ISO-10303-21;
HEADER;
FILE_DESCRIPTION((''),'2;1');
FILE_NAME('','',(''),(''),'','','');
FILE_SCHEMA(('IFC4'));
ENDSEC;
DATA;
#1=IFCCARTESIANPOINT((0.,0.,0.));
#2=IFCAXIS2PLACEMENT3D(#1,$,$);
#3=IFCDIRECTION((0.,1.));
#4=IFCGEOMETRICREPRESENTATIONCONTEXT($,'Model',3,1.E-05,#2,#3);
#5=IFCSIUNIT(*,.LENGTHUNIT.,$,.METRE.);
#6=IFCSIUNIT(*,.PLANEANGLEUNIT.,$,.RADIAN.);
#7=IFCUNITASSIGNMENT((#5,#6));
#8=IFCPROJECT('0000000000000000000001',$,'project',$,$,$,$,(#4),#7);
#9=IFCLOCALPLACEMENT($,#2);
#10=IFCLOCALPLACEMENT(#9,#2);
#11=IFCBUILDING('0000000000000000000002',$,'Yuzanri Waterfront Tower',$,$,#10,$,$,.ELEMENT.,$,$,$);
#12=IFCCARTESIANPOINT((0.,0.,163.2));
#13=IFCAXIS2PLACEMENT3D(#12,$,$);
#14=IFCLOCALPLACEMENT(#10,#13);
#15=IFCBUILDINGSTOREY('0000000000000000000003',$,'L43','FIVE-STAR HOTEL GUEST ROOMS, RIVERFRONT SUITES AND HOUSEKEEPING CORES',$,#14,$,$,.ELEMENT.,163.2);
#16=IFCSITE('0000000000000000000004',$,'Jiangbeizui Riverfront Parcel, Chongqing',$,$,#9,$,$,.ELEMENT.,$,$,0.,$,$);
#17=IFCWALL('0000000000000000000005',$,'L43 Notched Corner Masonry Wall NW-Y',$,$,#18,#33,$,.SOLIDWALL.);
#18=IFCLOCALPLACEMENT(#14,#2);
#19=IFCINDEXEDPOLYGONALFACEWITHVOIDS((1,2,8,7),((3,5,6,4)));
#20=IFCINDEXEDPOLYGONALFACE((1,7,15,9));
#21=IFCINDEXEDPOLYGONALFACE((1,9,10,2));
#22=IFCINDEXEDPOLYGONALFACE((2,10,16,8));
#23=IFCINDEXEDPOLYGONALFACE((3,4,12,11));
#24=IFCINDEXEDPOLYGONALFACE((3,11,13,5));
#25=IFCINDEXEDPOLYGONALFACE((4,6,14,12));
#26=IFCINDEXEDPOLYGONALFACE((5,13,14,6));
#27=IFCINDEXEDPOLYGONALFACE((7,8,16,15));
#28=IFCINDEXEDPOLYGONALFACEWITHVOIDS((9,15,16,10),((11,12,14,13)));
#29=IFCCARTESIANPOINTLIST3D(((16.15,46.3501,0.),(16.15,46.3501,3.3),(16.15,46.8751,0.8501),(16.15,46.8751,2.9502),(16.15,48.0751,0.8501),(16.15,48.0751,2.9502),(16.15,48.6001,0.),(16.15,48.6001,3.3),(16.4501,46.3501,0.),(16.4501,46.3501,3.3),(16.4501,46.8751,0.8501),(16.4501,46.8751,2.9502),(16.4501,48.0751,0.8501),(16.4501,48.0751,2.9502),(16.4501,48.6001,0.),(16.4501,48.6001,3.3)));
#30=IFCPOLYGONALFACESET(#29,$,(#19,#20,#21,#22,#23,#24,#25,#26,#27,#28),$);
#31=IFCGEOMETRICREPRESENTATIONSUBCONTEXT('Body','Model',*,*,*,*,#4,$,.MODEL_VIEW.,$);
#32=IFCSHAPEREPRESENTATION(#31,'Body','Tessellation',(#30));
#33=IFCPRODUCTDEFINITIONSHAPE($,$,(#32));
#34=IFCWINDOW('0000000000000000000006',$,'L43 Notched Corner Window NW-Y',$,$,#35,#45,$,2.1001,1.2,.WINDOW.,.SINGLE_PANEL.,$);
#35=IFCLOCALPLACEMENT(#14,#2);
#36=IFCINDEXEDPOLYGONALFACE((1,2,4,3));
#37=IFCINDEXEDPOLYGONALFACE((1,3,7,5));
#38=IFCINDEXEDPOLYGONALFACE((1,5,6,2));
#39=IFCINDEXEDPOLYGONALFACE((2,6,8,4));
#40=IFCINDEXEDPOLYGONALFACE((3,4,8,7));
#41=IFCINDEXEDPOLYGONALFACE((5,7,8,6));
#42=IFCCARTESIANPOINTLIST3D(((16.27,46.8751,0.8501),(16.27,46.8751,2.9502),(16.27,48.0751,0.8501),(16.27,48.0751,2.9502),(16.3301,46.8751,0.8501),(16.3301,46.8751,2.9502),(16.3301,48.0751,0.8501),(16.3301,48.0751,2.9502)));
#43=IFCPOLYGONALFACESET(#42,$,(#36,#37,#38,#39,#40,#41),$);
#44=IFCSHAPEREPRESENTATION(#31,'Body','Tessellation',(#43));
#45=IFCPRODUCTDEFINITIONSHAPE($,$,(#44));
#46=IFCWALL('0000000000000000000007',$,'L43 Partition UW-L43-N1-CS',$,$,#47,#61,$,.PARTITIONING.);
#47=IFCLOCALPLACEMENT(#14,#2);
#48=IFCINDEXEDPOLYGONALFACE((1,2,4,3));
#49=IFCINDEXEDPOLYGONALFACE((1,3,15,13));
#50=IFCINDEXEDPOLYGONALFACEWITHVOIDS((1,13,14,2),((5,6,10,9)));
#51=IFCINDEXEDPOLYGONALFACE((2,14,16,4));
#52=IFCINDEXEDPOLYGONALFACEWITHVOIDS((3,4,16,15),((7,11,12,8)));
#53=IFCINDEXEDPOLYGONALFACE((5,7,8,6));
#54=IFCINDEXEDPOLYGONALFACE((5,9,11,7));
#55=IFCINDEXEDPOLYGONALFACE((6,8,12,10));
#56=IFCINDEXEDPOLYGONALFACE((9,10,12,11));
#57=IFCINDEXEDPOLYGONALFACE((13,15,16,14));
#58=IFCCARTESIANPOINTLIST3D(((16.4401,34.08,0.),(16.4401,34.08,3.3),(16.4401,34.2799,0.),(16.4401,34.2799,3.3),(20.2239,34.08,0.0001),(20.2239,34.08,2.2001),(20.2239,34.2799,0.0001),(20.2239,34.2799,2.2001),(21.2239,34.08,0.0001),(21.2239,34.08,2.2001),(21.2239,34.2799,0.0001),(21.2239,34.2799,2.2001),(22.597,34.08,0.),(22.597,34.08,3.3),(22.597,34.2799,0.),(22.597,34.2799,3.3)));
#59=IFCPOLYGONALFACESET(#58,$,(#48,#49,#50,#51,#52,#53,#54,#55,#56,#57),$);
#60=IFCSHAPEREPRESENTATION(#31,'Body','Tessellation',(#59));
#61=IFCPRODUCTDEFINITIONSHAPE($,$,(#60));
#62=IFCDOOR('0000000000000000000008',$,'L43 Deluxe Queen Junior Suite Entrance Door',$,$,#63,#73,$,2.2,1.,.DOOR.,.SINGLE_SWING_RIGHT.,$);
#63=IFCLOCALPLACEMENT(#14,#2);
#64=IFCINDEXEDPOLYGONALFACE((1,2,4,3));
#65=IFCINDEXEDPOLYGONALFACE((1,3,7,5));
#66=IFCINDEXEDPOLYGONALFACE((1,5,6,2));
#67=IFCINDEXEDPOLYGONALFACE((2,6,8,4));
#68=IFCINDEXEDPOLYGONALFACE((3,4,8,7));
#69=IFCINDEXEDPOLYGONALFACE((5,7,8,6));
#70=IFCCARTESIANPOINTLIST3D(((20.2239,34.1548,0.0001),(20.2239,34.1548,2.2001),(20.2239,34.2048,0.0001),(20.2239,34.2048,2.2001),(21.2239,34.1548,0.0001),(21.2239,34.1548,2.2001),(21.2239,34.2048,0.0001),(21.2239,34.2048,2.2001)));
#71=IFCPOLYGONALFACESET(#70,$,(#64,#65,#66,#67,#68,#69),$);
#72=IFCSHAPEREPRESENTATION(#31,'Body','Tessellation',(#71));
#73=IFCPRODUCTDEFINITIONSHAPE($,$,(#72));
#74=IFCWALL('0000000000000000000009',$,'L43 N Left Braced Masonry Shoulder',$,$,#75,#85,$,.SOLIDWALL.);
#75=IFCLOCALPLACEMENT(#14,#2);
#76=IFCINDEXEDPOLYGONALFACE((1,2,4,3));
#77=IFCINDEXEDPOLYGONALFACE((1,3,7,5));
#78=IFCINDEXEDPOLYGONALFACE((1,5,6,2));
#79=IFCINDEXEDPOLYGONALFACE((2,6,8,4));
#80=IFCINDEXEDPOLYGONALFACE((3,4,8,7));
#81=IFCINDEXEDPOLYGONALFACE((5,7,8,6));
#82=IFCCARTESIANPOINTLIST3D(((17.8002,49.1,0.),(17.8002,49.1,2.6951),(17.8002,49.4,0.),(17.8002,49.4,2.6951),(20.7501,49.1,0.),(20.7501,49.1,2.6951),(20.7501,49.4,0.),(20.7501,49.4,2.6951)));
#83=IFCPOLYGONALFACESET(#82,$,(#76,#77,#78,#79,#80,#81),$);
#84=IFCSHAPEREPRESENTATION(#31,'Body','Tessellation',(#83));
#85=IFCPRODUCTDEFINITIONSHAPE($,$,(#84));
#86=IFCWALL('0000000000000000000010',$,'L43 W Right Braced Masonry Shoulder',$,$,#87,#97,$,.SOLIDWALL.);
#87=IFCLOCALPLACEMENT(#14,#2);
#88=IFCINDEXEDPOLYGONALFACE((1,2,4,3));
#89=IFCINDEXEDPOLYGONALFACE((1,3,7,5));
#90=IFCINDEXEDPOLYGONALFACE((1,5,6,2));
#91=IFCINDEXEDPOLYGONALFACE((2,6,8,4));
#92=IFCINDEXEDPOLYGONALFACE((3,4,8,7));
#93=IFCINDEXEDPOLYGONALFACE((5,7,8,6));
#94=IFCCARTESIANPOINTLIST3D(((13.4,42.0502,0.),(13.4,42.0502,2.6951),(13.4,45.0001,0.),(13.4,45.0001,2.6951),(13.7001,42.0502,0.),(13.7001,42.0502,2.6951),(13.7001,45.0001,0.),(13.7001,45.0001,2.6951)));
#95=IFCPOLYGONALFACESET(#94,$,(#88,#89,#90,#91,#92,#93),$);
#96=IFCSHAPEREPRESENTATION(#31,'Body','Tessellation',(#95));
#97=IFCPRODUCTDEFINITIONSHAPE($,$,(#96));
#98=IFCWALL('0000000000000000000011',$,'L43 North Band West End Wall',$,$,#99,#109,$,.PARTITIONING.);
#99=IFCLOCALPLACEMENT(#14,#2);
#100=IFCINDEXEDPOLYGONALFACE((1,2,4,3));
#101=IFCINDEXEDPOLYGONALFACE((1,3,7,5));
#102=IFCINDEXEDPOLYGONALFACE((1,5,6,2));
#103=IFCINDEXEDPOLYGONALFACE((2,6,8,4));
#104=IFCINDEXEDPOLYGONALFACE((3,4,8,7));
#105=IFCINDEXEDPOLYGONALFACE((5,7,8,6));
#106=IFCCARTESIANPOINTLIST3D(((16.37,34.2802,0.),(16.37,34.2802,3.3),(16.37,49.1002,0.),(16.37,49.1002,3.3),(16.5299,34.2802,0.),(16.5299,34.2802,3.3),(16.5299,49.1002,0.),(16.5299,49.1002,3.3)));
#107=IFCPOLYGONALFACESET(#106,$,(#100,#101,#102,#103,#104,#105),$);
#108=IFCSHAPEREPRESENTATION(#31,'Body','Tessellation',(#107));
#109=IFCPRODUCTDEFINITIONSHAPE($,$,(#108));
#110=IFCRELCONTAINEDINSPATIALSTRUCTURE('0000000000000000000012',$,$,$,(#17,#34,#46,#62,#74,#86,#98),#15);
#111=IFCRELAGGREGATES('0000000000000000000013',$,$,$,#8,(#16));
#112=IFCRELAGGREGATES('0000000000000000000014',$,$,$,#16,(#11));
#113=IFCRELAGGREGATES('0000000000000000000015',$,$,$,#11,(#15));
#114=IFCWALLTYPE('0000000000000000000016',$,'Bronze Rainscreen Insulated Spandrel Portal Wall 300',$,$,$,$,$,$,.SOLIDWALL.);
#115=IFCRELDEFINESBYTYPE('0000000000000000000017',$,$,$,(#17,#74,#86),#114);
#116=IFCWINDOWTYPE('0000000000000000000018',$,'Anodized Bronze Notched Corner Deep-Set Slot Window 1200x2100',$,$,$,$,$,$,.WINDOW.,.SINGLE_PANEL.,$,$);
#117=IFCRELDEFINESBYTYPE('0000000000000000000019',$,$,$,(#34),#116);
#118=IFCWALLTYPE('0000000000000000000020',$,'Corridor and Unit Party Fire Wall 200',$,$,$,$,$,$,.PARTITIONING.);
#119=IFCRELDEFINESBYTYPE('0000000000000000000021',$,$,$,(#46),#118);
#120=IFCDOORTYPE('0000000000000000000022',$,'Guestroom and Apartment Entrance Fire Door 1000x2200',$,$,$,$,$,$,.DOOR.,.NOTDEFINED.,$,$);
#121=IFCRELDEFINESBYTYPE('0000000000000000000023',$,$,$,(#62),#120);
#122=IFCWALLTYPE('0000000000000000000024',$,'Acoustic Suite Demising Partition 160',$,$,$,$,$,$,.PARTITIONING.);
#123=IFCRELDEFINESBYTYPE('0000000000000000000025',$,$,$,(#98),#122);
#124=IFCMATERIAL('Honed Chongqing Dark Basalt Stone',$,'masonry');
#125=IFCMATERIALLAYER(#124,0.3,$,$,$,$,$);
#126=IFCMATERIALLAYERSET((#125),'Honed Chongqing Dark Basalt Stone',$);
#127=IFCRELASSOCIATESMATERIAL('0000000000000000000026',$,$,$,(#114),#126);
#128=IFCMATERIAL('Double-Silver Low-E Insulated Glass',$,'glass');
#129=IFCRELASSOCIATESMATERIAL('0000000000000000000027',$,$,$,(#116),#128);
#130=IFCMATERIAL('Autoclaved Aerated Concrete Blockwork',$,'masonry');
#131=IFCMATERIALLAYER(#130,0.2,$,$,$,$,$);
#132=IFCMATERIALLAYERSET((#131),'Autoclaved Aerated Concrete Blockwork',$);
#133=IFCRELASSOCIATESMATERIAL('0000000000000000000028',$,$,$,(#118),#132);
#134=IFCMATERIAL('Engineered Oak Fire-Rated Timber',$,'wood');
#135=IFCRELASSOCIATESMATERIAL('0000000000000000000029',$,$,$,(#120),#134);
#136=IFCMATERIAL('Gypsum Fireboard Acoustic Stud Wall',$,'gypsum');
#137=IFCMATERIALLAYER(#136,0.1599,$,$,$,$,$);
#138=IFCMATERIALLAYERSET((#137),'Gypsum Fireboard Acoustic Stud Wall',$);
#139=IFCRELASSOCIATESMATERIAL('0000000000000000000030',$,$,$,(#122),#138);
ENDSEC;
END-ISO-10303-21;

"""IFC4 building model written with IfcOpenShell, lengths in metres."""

from ifc_helpers import new_model, si_unit, direction, frame, frame_2d, origin, place, context, subcontext, project, spatial, rectangle, extrude, source, transform, mapped, material, layer, layer_set, type_object, element, fill, save


model = new_model("IFC4")

# Units and contexts
model_context = context("Model", 3, precision=1e-05, world=origin(), true_north=direction((0.0, 1.0)))
body_context = subcontext(model_context, "Body", "Model", "MODEL_VIEW")
ifc_project = project(units=[si_unit("LENGTHUNIT", "METRE"), si_unit("PLANEANGLEUNIT", "RADIAN")], contexts=[model_context])

# Site, building, storey
site_placement = place(None, origin())
site = spatial("IfcSite", under=ifc_project, at=site_placement, Name="Jiangbeizui Riverfront Parcel, Chongqing", CompositionType="ELEMENT", RefElevation=0.0)
building_placement = place(site_placement, origin())
building = spatial("IfcBuilding", under=site, at=building_placement, Name="Yuzanri Waterfront Tower", CompositionType="ELEMENT")
storey_placement = place(building_placement, frame((0.0, 0.0, 163.2)))
storey = spatial("IfcBuildingStorey", under=building, at=storey_placement, Name="L43", Description="FIVE-STAR HOTEL GUEST ROOMS, RIVERFRONT SUITES AND HOUSEKEEPING CORES", CompositionType="ELEMENT", Elevation=163.2)

# Wall, opening, window
ifc_material_1 = material(Name="Honed Chongqing Dark Basalt Stone", Category="masonry")
ifc_layer_1 = layer(ifc_material_1, 0.3)
ifc_layer_set_1 = layer_set([ifc_layer_1], Name="Honed Chongqing Dark Basalt Stone")
wall_type_1 = type_object("IfcWallType", Name="Bronze Rainscreen Insulated Spandrel Portal Wall 300", PredefinedType="SOLIDWALL", material=ifc_layer_set_1)
wall_1_placement = place(storey_placement, frame((16.3, 48.6001, 0.0), z_axis=(0.0, 0.0, 1.0), x_axis=(0.0, -1.0, 0.0)))
wall_1 = element("IfcWall", 1, at=wall_1_placement, inside=storey, type_object=wall_type_1, Name="L43 Notched Corner Masonry Wall NW-Y", PredefinedType="SOLIDWALL", context=body_context, shape_type="SweptSolid", body=[
    extrude(rectangle(XDim=2.25, YDim=0.3, at=frame_2d((1.125, 0.0))), origin(), (0.0, 0.0, 1.0), 3.3),
])
opening_1_placement = place(wall_1_placement, frame((0.5249, 0.0, 0.8501)))
opening_1 = element("IfcOpeningElement", 2, at=opening_1_placement, cuts=wall_1, PredefinedType="OPENING", context=body_context, shape_type="SweptSolid", body=[
    extrude(rectangle(XDim=1.2, YDim=2.1001, at=frame_2d((0.6001, 1.05))), frame((0.0, 0.165, 0.0), z_axis=(0.0, -1.0, 0.0), x_axis=(1.0, 0.0, 0.0)), (0.0, 0.0, 1.0), 0.3298),
])
ifc_material_2 = material(Name="Double-Silver Low-E Insulated Glass", Category="glass")
window_type_1 = type_object("IfcWindowType", Name="Anodized Bronze Notched Corner Deep-Set Slot Window 1200x2100", PartitioningType="SINGLE_PANEL", PredefinedType="WINDOW", material=ifc_material_2)
shared_shape_1 = source(origin(), body_context, "Body", "SweptSolid", [
    extrude(rectangle(XDim=1.2, YDim=2.1001, at=frame_2d((0.6001, 1.05))), frame((0.0, 0.03, 0.0), z_axis=(0.0, -1.0, 0.0), x_axis=(1.0, 0.0, 0.0)), (0.0, 0.0, 1.0), 0.0601),
])
window_1_placement = place(opening_1_placement, origin())
window_1 = element("IfcWindow", 3, at=window_1_placement, inside=storey, type_object=window_type_1, Name="L43 Notched Corner Window NW-Y", OverallHeight=2.1001, OverallWidth=1.2, PartitioningType="SINGLE_PANEL", PredefinedType="WINDOW", context=body_context, shape_type="MappedRepresentation", body=[
    mapped(shared_shape_1, transform((0.0, 0.0, 0.0), scale=1.0)),
])
fill(opening_1, window_1)

# Wall, opening, door
ifc_material_3 = material(Name="Autoclaved Aerated Concrete Blockwork", Category="masonry")
ifc_layer_2 = layer(ifc_material_3, 0.2)
ifc_layer_set_2 = layer_set([ifc_layer_2], Name="Autoclaved Aerated Concrete Blockwork")
wall_type_2 = type_object("IfcWallType", Name="Corridor and Unit Party Fire Wall 200", PredefinedType="PARTITIONING", material=ifc_layer_set_2)
wall_2_placement = place(storey_placement, frame((16.4399, 34.1799, 0.0), z_axis=(0.0, 0.0, 1.0), x_axis=(1.0, 0.0, 0.0)))
wall_2 = element("IfcWall", 4, at=wall_2_placement, inside=storey, type_object=wall_type_2, Name="L43 Partition UW-L43-N1-CS", PredefinedType="PARTITIONING", context=body_context, shape_type="SweptSolid", body=[
    extrude(rectangle(XDim=6.157, YDim=0.2, at=frame_2d((3.0786, 0.0))), origin(), (0.0, 0.0, 1.0), 3.3),
])
opening_2_placement = place(wall_2_placement, frame((3.7839, 0.0, 0.0)))
opening_2 = element("IfcOpeningElement", 5, at=opening_2_placement, cuts=wall_2, PredefinedType="OPENING", context=body_context, shape_type="SweptSolid", body=[
    extrude(rectangle(XDim=1.0, YDim=2.2, at=frame_2d((0.5, 1.1001))), frame((0.0, 0.1147, 0.0), z_axis=(0.0, -1.0, 0.0), x_axis=(1.0, 0.0, 0.0)), (0.0, 0.0, 1.0), 0.2297),
])
ifc_material_4 = material(Name="Engineered Oak Fire-Rated Timber", Category="wood")
door_type_1 = type_object("IfcDoorType", Name="Guestroom and Apartment Entrance Fire Door 1000x2200", OperationType="NOTDEFINED", PredefinedType="DOOR", material=ifc_material_4)
shared_shape_2 = source(origin(), body_context, "Body", "SweptSolid", [
    extrude(rectangle(XDim=1.0, YDim=2.2, at=frame_2d((0.5, 1.1001))), frame((0.0, 0.0249, 0.0), z_axis=(0.0, -1.0, 0.0), x_axis=(1.0, 0.0, 0.0)), (0.0, 0.0, 1.0), 0.05),
])
door_1_placement = place(opening_2_placement, origin())
door_1 = element("IfcDoor", 6, at=door_1_placement, inside=storey, type_object=door_type_1, Name="L43 Deluxe Queen Junior Suite Entrance Door", OperationType="SINGLE_SWING_RIGHT", OverallHeight=2.2, OverallWidth=1.0, PredefinedType="DOOR", context=body_context, shape_type="MappedRepresentation", body=[
    mapped(shared_shape_2, transform((0.0, 0.0, 0.0), scale=1.0)),
])
fill(opening_2, door_1)

# Walls
shared_shape_3 = source(origin(), body_context, "Body", "SweptSolid", [
    extrude(rectangle(XDim=2.95, YDim=0.3, at=frame_2d((1.4751, 0.0))), origin(), (0.0, 0.0, 1.0), 2.6951),
])
for number, where, z_axis, x_axis, name in (
    (7, (17.8, 49.25, 0.0), (0.0, 0.0, 1.0), (1.0, 0.0, 0.0), "L43 N Left Braced Masonry Shoulder"),
    (8, (13.55, 42.05, 0.0), (0.0, 0.0, 1.0), (0.0, 1.0, 0.0), "L43 W Right Braced Masonry Shoulder"),
):
    element("IfcWall", number, at=place(storey_placement, frame(where, z_axis=z_axis, x_axis=x_axis)), inside=storey, type_object=wall_type_1, Name=name, PredefinedType="SOLIDWALL", context=body_context, shape_type="MappedRepresentation", body=[
        mapped(shared_shape_3, transform((0.0, 0.0, 0.0), scale=1.0)),
    ])
ifc_material_5 = material(Name="Gypsum Fireboard Acoustic Stud Wall", Category="gypsum")
ifc_layer_3 = layer(ifc_material_5, 0.1599)
ifc_layer_set_3 = layer_set([ifc_layer_3], Name="Gypsum Fireboard Acoustic Stud Wall")
wall_type_3 = type_object("IfcWallType", Name="Acoustic Suite Demising Partition 160", PredefinedType="PARTITIONING", material=ifc_layer_set_3)
shared_shape_4 = source(origin(), body_context, "Body", "SweptSolid", [
    extrude(rectangle(XDim=14.8201, YDim=0.1599, at=frame_2d((7.4102, 0.0))), origin(), (0.0, 0.0, 1.0), 3.3),
])
wall_3_placement = place(storey_placement, frame((16.45, 34.28, 0.0), z_axis=(0.0, 0.0, 1.0), x_axis=(0.0, 1.0, 0.0)))
element("IfcWall", 9, at=wall_3_placement, inside=storey, type_object=wall_type_3, Name="L43 North Band West End Wall", PredefinedType="PARTITIONING", context=body_context, shape_type="MappedRepresentation", body=[
    mapped(shared_shape_4, transform((0.0, 0.0, 0.0), scale=1.0)),
])

save(model, "model.ifc")
